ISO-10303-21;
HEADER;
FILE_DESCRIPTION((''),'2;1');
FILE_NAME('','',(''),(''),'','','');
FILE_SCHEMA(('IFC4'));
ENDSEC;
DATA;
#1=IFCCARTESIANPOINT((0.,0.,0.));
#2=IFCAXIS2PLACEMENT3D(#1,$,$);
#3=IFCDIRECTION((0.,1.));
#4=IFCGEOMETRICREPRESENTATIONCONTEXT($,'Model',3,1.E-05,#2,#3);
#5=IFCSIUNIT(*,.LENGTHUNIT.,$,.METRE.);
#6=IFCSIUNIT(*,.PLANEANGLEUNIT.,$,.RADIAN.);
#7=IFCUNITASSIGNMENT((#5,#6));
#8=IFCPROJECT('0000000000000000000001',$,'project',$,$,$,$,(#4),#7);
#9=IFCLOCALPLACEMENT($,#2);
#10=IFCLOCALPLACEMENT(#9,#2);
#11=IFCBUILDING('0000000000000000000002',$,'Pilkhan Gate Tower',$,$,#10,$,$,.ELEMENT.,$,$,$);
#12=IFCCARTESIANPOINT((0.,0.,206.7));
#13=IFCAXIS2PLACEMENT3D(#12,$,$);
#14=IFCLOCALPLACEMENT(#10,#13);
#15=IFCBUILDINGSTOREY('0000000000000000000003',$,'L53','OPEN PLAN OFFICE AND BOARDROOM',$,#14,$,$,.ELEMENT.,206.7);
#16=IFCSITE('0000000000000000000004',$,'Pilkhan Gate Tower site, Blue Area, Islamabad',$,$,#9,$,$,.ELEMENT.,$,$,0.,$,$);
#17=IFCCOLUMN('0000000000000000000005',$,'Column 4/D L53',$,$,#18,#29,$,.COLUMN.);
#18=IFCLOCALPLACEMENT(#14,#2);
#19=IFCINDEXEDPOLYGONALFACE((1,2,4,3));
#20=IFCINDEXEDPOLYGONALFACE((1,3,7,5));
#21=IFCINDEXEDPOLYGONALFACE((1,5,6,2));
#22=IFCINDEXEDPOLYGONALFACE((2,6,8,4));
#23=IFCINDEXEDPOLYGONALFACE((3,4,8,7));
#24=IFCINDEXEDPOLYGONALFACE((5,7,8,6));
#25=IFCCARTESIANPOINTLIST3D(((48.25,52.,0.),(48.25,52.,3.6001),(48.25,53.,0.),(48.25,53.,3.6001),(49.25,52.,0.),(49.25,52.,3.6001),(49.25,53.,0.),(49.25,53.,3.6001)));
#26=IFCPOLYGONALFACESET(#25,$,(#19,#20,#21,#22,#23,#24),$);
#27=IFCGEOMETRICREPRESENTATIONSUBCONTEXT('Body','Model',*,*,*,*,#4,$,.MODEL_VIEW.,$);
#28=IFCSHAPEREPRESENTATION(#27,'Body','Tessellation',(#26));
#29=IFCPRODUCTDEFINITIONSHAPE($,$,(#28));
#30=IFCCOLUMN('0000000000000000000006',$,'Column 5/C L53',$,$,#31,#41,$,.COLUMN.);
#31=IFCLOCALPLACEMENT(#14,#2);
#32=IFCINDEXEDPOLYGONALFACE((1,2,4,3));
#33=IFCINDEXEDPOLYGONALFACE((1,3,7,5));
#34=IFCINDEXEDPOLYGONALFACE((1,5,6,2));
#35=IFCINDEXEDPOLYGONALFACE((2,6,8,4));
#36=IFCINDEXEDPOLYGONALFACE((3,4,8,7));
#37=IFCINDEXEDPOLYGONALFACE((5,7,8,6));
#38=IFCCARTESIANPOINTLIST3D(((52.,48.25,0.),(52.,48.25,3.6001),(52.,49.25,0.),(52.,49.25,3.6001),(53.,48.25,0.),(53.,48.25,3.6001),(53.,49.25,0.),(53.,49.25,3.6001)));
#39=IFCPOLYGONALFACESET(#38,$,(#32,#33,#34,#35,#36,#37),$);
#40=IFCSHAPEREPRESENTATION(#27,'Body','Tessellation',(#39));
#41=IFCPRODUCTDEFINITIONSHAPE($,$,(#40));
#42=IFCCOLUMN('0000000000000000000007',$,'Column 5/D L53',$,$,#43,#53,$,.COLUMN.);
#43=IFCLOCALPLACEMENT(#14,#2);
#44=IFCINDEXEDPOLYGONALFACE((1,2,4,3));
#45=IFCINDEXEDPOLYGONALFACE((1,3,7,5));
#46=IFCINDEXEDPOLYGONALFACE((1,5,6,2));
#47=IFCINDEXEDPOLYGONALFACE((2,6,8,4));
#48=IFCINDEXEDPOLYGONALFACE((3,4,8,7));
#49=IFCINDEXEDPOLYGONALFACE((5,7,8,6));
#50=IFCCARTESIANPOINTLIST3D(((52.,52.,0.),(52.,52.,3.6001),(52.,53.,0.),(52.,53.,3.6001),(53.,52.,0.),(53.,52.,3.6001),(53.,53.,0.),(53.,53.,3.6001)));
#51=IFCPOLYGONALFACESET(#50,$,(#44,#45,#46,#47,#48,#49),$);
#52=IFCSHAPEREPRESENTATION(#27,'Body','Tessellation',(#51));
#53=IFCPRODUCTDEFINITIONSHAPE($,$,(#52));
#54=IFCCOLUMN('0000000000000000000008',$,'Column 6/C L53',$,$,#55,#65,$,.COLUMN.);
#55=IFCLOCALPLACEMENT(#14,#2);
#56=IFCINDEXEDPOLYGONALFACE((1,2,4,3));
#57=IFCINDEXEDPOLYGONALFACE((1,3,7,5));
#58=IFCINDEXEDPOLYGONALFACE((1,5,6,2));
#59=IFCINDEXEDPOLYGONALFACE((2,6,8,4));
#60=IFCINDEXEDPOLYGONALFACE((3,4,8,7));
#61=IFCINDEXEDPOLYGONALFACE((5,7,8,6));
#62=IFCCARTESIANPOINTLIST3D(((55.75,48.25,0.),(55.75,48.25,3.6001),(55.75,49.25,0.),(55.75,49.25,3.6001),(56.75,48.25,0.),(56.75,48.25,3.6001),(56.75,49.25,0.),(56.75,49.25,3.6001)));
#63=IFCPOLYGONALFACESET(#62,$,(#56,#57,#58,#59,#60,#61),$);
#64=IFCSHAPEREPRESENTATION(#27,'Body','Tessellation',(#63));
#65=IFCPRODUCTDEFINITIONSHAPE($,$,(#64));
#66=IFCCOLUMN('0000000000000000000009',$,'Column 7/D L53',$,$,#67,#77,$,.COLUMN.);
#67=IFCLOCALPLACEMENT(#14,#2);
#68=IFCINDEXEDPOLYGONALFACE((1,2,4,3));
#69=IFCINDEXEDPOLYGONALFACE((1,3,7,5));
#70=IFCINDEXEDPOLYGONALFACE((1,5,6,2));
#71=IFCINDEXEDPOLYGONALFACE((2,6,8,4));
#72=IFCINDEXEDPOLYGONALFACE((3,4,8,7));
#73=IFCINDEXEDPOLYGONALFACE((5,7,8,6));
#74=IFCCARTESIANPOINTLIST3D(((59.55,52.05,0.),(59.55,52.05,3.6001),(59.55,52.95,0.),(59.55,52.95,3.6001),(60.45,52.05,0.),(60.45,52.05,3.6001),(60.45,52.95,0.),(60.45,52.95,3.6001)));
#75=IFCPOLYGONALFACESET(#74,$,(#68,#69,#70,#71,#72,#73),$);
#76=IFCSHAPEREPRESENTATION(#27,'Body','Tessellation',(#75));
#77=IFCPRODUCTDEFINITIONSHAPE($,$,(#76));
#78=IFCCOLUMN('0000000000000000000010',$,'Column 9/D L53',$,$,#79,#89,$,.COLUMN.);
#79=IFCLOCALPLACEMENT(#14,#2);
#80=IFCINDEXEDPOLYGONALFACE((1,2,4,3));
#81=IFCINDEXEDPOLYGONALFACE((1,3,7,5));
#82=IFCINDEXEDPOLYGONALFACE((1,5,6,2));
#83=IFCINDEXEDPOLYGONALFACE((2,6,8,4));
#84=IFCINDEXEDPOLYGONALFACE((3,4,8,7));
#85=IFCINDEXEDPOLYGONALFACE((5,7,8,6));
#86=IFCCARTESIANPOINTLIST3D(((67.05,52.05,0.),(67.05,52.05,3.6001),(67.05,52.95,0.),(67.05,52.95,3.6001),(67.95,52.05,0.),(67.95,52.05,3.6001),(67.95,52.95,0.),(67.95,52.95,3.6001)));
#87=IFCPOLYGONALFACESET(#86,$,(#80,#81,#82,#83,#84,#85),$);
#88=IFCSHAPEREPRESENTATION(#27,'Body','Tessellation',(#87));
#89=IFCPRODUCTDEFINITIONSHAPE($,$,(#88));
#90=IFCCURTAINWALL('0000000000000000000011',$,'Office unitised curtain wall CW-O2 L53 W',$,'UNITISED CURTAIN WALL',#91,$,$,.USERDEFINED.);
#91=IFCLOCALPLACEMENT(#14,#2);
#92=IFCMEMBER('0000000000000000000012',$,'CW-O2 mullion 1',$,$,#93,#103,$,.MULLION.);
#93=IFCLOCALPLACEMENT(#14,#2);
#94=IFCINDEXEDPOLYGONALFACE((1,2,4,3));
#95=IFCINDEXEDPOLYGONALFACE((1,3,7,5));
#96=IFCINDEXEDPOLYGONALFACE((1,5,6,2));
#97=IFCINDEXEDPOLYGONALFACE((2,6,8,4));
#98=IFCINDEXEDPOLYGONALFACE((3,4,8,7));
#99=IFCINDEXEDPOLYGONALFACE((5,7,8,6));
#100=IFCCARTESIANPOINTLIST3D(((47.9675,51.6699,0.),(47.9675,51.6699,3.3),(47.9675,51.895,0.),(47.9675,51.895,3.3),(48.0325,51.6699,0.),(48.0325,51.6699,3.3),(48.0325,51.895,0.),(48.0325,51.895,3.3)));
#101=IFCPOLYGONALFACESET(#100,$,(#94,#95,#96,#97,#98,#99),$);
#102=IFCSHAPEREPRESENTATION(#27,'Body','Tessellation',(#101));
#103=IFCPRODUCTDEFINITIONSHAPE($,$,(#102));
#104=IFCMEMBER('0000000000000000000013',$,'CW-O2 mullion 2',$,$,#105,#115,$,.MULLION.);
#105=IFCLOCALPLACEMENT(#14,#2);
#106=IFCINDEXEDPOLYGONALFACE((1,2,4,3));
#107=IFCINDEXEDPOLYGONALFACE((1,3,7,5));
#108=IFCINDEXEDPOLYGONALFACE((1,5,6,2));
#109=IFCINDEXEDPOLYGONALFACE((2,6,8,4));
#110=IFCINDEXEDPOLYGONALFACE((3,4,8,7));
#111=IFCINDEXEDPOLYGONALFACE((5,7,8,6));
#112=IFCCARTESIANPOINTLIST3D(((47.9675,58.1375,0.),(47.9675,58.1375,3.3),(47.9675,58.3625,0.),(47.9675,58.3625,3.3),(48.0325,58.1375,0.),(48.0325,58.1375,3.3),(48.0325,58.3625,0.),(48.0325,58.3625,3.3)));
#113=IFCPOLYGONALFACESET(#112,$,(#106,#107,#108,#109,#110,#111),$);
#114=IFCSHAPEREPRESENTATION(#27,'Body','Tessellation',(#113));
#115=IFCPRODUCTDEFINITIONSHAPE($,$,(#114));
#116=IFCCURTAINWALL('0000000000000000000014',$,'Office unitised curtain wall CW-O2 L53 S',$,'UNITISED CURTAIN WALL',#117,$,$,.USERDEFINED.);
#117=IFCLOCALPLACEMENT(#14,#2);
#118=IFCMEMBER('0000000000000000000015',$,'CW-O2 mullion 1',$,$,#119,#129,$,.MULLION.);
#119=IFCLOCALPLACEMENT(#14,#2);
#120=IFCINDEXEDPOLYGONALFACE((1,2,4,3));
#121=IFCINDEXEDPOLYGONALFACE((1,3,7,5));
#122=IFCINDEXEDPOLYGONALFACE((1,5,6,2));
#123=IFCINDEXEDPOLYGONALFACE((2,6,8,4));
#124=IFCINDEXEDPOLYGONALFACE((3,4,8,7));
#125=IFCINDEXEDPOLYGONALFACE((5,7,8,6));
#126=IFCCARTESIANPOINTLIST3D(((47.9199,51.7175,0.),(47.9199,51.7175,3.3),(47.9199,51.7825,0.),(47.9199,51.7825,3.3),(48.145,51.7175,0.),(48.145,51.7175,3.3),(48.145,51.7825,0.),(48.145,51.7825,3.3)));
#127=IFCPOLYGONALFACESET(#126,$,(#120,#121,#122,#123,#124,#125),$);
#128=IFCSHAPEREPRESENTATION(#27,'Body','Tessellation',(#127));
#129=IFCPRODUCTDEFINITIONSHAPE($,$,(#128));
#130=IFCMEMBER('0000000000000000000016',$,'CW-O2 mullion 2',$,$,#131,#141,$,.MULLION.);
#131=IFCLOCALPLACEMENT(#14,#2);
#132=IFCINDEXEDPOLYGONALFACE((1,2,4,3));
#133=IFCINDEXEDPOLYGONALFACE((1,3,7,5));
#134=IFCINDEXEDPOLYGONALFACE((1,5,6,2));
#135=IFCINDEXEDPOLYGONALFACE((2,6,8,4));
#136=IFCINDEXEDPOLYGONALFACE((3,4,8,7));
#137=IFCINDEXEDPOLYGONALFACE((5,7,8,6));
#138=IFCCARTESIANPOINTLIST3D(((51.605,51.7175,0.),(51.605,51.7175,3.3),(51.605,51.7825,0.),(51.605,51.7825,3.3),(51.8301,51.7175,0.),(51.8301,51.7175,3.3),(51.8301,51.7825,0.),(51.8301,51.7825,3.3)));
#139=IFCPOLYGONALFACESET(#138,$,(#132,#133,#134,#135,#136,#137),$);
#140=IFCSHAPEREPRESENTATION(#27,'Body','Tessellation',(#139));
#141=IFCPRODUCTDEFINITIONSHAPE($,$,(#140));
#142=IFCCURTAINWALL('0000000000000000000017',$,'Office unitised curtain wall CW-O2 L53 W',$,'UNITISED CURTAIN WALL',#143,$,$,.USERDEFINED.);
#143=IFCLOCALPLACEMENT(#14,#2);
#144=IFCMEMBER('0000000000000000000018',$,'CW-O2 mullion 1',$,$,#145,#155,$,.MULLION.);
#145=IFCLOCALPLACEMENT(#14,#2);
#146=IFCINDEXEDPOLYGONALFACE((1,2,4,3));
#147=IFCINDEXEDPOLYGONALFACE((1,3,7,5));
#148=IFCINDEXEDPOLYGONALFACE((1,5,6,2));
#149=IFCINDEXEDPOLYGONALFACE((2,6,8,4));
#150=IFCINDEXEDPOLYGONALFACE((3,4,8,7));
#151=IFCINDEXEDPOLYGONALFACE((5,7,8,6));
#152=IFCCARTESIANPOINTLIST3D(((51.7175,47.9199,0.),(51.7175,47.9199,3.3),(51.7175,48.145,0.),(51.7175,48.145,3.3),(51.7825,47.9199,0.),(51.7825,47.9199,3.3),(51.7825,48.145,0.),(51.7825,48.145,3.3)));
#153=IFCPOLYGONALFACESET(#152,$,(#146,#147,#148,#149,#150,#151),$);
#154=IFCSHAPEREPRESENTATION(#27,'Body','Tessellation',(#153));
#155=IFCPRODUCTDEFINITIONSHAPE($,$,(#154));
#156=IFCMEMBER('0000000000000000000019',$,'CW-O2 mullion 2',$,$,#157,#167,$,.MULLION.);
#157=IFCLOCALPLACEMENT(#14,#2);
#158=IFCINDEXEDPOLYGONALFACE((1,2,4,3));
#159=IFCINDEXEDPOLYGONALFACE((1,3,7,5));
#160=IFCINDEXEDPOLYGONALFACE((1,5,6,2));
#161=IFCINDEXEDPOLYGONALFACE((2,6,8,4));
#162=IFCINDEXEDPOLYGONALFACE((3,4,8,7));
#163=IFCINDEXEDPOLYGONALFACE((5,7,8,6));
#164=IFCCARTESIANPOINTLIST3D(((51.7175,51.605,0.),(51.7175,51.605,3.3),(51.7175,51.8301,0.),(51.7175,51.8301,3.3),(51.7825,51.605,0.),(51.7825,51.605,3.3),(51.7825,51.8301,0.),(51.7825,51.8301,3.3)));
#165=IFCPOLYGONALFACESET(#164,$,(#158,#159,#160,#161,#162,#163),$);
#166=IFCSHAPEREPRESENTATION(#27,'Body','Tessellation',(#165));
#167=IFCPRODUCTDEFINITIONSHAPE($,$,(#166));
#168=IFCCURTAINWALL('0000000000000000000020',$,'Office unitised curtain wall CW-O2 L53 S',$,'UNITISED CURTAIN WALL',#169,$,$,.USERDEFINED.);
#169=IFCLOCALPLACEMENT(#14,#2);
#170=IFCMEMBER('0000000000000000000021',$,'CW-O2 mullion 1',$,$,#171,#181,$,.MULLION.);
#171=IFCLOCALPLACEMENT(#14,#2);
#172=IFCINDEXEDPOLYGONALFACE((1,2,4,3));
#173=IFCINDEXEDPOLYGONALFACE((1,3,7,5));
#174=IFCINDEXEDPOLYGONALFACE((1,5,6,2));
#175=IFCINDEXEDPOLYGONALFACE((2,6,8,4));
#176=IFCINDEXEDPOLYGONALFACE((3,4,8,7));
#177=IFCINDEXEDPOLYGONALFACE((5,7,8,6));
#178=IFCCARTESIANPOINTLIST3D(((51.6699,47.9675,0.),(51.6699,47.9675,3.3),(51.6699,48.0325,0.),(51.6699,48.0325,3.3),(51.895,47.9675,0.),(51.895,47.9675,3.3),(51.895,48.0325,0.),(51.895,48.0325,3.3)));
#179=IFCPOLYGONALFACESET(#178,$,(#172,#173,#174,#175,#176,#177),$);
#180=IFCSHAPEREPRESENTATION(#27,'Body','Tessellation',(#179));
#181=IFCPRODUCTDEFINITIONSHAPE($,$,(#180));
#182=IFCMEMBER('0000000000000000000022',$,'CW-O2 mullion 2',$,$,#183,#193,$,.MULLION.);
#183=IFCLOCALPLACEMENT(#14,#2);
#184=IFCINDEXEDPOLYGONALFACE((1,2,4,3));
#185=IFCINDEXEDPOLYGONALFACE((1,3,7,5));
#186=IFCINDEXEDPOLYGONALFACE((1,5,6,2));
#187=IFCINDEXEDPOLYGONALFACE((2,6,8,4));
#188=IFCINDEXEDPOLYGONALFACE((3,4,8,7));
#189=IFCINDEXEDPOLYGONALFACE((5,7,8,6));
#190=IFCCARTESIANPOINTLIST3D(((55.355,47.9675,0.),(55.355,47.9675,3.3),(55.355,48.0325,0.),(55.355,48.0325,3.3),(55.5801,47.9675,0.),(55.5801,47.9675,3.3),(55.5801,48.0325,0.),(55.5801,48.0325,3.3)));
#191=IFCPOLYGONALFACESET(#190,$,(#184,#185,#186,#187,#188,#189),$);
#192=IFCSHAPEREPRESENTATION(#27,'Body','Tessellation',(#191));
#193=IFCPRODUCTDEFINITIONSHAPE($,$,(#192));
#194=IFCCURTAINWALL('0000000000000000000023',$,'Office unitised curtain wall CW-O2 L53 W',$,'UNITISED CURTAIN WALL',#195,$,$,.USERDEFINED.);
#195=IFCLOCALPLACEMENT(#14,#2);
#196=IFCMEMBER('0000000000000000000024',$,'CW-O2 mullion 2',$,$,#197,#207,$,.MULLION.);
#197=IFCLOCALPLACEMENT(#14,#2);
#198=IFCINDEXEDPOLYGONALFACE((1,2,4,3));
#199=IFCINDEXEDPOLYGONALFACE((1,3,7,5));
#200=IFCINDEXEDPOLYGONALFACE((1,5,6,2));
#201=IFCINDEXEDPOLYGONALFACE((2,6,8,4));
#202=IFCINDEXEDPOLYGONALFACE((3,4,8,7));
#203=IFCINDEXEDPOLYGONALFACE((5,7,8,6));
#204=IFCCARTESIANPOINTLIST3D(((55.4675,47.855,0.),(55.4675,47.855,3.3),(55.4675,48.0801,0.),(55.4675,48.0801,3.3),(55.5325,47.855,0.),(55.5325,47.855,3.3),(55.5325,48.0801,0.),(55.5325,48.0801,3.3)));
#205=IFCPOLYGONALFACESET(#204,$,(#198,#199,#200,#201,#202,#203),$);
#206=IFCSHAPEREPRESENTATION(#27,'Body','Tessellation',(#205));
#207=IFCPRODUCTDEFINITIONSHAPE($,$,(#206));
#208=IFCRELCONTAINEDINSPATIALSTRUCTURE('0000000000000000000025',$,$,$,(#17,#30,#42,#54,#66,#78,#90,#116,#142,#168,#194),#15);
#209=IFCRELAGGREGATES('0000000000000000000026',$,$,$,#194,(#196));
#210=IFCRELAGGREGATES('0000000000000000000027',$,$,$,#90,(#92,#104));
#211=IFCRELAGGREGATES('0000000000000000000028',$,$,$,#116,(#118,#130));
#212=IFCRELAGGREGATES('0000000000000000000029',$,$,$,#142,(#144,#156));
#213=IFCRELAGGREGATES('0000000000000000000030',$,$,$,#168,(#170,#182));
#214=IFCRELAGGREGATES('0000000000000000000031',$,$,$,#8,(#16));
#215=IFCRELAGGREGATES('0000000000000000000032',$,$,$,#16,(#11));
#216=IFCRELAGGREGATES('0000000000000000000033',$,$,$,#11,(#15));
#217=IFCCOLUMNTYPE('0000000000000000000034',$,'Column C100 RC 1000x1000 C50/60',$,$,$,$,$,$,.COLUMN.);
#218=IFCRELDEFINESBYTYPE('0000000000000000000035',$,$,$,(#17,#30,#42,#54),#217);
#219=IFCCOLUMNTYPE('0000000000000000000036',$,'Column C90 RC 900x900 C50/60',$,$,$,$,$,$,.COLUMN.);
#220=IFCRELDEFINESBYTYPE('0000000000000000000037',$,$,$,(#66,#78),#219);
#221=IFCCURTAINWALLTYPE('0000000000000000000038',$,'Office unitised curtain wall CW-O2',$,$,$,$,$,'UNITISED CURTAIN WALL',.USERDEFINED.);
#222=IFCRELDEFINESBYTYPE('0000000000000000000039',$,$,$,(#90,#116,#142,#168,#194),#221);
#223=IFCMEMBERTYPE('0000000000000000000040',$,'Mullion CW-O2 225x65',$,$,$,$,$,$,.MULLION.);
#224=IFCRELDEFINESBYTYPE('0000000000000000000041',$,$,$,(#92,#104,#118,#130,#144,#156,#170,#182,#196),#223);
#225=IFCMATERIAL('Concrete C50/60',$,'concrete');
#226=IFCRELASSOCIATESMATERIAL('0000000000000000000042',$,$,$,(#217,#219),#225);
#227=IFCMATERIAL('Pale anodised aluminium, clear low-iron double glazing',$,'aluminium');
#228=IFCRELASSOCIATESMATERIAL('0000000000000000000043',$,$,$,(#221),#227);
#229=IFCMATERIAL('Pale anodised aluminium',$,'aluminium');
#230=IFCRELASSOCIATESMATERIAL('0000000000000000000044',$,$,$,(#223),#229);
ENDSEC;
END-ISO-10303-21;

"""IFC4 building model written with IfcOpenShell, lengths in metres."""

from ifc_helpers import new_model, si_unit, direction, frame, origin, origin_2d, place, context, subcontext, project, spatial, rectangle, extrude, material, material_profile, profile_set, type_object, element, aggregate, save


model = new_model("IFC4")

# Units and contexts
model_context = context("Model", 3, precision=1e-05, world=origin(), true_north=direction((0.0, 1.0)))
body_context = subcontext(model_context, "Body", "Model", "MODEL_VIEW")
ifc_project = project(units=[si_unit("LENGTHUNIT", "METRE"), si_unit("PLANEANGLEUNIT", "RADIAN")], contexts=[model_context])

# Site, building, storey
site_placement = place(None, origin())
site = spatial("IfcSite", under=ifc_project, at=site_placement, Name="Pilkhan Gate Tower site, Blue Area, Islamabad", CompositionType="ELEMENT", RefElevation=0.0)
building_placement = place(site_placement, origin())
building = spatial("IfcBuilding", under=site, at=building_placement, Name="Pilkhan Gate Tower", CompositionType="ELEMENT")
storey_placement = place(building_placement, frame((0.0, 0.0, 206.7)))
storey = spatial("IfcBuildingStorey", under=building, at=storey_placement, Name="L53", Description="OPEN PLAN OFFICE AND BOARDROOM", CompositionType="ELEMENT", Elevation=206.7)

# Columns
ifc_material_1 = material(Name="Concrete C50/60", Category="concrete")
ifc_material_profile_1 = material_profile(ifc_material_1, rectangle(XDim=1.0, YDim=1.0, at=origin_2d()), Name="RC 1000x1000")
ifc_profile_set_1 = profile_set([ifc_material_profile_1], Name="Concrete C50/60")
column_type_1 = type_object("IfcColumnType", Name="Column C100 RC 1000x1000 C50/60", PredefinedType="COLUMN", material=ifc_profile_set_1)
for number, where, z_axis, x_axis, name in (
    (1, (48.75, 52.5, 0.0), (0.0, 0.0, 1.0), (1.0, 0.0, 0.0), "Column 4/D L53"),
    (2, (52.5, 48.75, 0.0), (0.0, 0.0, 1.0), (1.0, 0.0, 0.0), "Column 5/C L53"),
    (3, (52.5, 52.5, 0.0), (0.0, 0.0, 1.0), (1.0, 0.0, 0.0), "Column 5/D L53"),
    (4, (56.25, 48.75, 0.0), (0.0, 0.0, 1.0), (1.0, 0.0, 0.0), "Column 6/C L53"),
):
    element("IfcColumn", number, at=place(storey_placement, frame(where, z_axis=z_axis, x_axis=x_axis)), inside=storey, type_object=column_type_1, Name=name, PredefinedType="COLUMN", context=body_context, shape_type="SweptSolid", body=[
        extrude(rectangle(XDim=1.0, YDim=1.0, at=origin_2d()), origin(), (0.0, 0.0, 1.0), 3.6001),
    ])
ifc_material_profile_2 = material_profile(ifc_material_1, rectangle(XDim=0.8999, YDim=0.8999, at=origin_2d()), Name="RC 900x900")
ifc_profile_set_2 = profile_set([ifc_material_profile_2], Name="Concrete C50/60")
column_type_2 = type_object("IfcColumnType", Name="Column C90 RC 900x900 C50/60", PredefinedType="COLUMN", material=ifc_profile_set_2)
for number, where, z_axis, x_axis, name in (
    (5, (60.0, 52.5, 0.0), (0.0, 0.0, 1.0), (1.0, 0.0, 0.0), "Column 7/D L53"),
    (6, (67.5, 52.5, 0.0), (0.0, 0.0, 1.0), (1.0, 0.0, 0.0), "Column 9/D L53"),
):
    element("IfcColumn", number, at=place(storey_placement, frame(where, z_axis=z_axis, x_axis=x_axis)), inside=storey, type_object=column_type_2, Name=name, PredefinedType="COLUMN", context=body_context, shape_type="SweptSolid", body=[
        extrude(rectangle(XDim=0.8999, YDim=0.8999, at=origin_2d()), origin(), (0.0, 0.0, 1.0), 3.6001),
    ])

# Curtain walls, members
ifc_material_2 = material(Name="Pale anodised aluminium, clear low-iron double glazing", Category="aluminium")
curtain_wall_type = type_object("IfcCurtainWallType", Name="Office unitised curtain wall CW-O2", ElementType="UNITISED CURTAIN WALL", PredefinedType="USERDEFINED", material=ifc_material_2)
curtain_wall_1_placement = place(storey_placement, origin())
curtain_wall_1 = element("IfcCurtainWall", 7, at=curtain_wall_1_placement, inside=storey, type_object=curtain_wall_type, Name="Office unitised curtain wall CW-O2 L53 W", ObjectType="UNITISED CURTAIN WALL", PredefinedType="USERDEFINED")
ifc_material_3 = material(Name="Pale anodised aluminium", Category="aluminium")
ifc_material_profile_3 = material_profile(ifc_material_3, rectangle(XDim=0.0649, YDim=0.2251, at=origin_2d()), Name="Mullion 225x65")
ifc_profile_set_3 = profile_set([ifc_material_profile_3], Name="Pale anodised aluminium")
member_type_1 = type_object("IfcMemberType", Name="Mullion CW-O2 225x65", PredefinedType="MULLION", material=ifc_profile_set_3)
member_1_placement = place(storey_placement, frame((48.0, 51.7825, 0.0), z_axis=(0.0, 0.0, 1.0), x_axis=(-1.0, 0.0, 0.0)))
member_1 = element("IfcMember", 8, at=member_1_placement, type_object=member_type_1, Name="CW-O2 mullion 1", PredefinedType="MULLION", context=body_context, shape_type="SweptSolid", body=[
    extrude(rectangle(XDim=0.0649, YDim=0.2251, at=origin_2d()), origin(), (0.0, 0.0, 1.0), 3.3),
])
member_2_placement = place(storey_placement, frame((48.0, 58.25, 0.0), z_axis=(0.0, 0.0, 1.0), x_axis=(-1.0, 0.0, 0.0)))
member_2 = element("IfcMember", 9, at=member_2_placement, type_object=member_type_1, Name="CW-O2 mullion 2", PredefinedType="MULLION", context=body_context, shape_type="SweptSolid", body=[
    extrude(rectangle(XDim=0.0649, YDim=0.2251, at=origin_2d()), origin(), (0.0, 0.0, 1.0), 3.3),
])
curtain_wall_2_placement = place(storey_placement, origin())
curtain_wall_2 = element("IfcCurtainWall", 10, at=curtain_wall_2_placement, inside=storey, type_object=curtain_wall_type, Name="Office unitised curtain wall CW-O2 L53 S", ObjectType="UNITISED CURTAIN WALL", PredefinedType="USERDEFINED")
member_3_placement = place(storey_placement, frame((48.0325, 51.75, 0.0), z_axis=(0.0, 0.0, 1.0), x_axis=(0.0, 1.0, 0.0)))
member_3 = element("IfcMember", 11, at=member_3_placement, type_object=member_type_1, Name="CW-O2 mullion 1", PredefinedType="MULLION", context=body_context, shape_type="SweptSolid", body=[
    extrude(rectangle(XDim=0.0649, YDim=0.2251, at=origin_2d()), origin(), (0.0, 0.0, 1.0), 3.3),
])
member_4_placement = place(storey_placement, frame((51.7175, 51.75, 0.0), z_axis=(0.0, 0.0, 1.0), x_axis=(0.0, 1.0, 0.0)))
member_4 = element("IfcMember", 12, at=member_4_placement, type_object=member_type_1, Name="CW-O2 mullion 2", PredefinedType="MULLION", context=body_context, shape_type="SweptSolid", body=[
    extrude(rectangle(XDim=0.0649, YDim=0.2251, at=origin_2d()), origin(), (0.0, 0.0, 1.0), 3.3),
])
curtain_wall_3_placement = place(storey_placement, origin())
curtain_wall_3 = element("IfcCurtainWall", 13, at=curtain_wall_3_placement, inside=storey, type_object=curtain_wall_type, Name="Office unitised curtain wall CW-O2 L53 W", ObjectType="UNITISED CURTAIN WALL", PredefinedType="USERDEFINED")
member_5_placement = place(storey_placement, frame((51.75, 48.0325, 0.0), z_axis=(0.0, 0.0, 1.0), x_axis=(-1.0, 0.0, 0.0)))
member_5 = element("IfcMember", 14, at=member_5_placement, type_object=member_type_1, Name="CW-O2 mullion 1", PredefinedType="MULLION", context=body_context, shape_type="SweptSolid", body=[
    extrude(rectangle(XDim=0.0649, YDim=0.2251, at=origin_2d()), origin(), (0.0, 0.0, 1.0), 3.3),
])
member_6_placement = place(storey_placement, frame((51.75, 51.7175, 0.0), z_axis=(0.0, 0.0, 1.0), x_axis=(-1.0, 0.0, 0.0)))
member_6 = element("IfcMember", 15, at=member_6_placement, type_object=member_type_1, Name="CW-O2 mullion 2", PredefinedType="MULLION", context=body_context, shape_type="SweptSolid", body=[
    extrude(rectangle(XDim=0.0649, YDim=0.2251, at=origin_2d()), origin(), (0.0, 0.0, 1.0), 3.3),
])
curtain_wall_4_placement = place(storey_placement, origin())
curtain_wall_4 = element("IfcCurtainWall", 16, at=curtain_wall_4_placement, inside=storey, type_object=curtain_wall_type, Name="Office unitised curtain wall CW-O2 L53 S", ObjectType="UNITISED CURTAIN WALL", PredefinedType="USERDEFINED")
member_7_placement = place(storey_placement, frame((51.7825, 48.0, 0.0), z_axis=(0.0, 0.0, 1.0), x_axis=(0.0, 1.0, 0.0)))
member_7 = element("IfcMember", 17, at=member_7_placement, type_object=member_type_1, Name="CW-O2 mullion 1", PredefinedType="MULLION", context=body_context, shape_type="SweptSolid", body=[
    extrude(rectangle(XDim=0.0649, YDim=0.2251, at=origin_2d()), origin(), (0.0, 0.0, 1.0), 3.3),
])
member_8_placement = place(storey_placement, frame((55.4675, 48.0, 0.0), z_axis=(0.0, 0.0, 1.0), x_axis=(0.0, 1.0, 0.0)))
member_8 = element("IfcMember", 18, at=member_8_placement, type_object=member_type_1, Name="CW-O2 mullion 2", PredefinedType="MULLION", context=body_context, shape_type="SweptSolid", body=[
    extrude(rectangle(XDim=0.0649, YDim=0.2251, at=origin_2d()), origin(), (0.0, 0.0, 1.0), 3.3),
])

# Curtain wall, member
curtain_wall_5_placement = place(storey_placement, origin())
curtain_wall_5 = element("IfcCurtainWall", 19, at=curtain_wall_5_placement, inside=storey, type_object=curtain_wall_type, Name="Office unitised curtain wall CW-O2 L53 W", ObjectType="UNITISED CURTAIN WALL", PredefinedType="USERDEFINED")
member_9_placement = place(storey_placement, frame((55.5, 47.9675, 0.0), z_axis=(0.0, 0.0, 1.0), x_axis=(-1.0, 0.0, 0.0)))
member_9 = element("IfcMember", 20, at=member_9_placement, type_object=member_type_1, Name="CW-O2 mullion 2", PredefinedType="MULLION", context=body_context, shape_type="SweptSolid", body=[
    extrude(rectangle(XDim=0.0649, YDim=0.2251, at=origin_2d()), origin(), (0.0, 0.0, 1.0), 3.3),
])
aggregate(curtain_wall_5, [member_9])

aggregate(curtain_wall_1, [member_1, member_2])
aggregate(curtain_wall_2, [member_3, member_4])
aggregate(curtain_wall_3, [member_5, member_6])
aggregate(curtain_wall_4, [member_7, member_8])

save(model, "model.ifc")
